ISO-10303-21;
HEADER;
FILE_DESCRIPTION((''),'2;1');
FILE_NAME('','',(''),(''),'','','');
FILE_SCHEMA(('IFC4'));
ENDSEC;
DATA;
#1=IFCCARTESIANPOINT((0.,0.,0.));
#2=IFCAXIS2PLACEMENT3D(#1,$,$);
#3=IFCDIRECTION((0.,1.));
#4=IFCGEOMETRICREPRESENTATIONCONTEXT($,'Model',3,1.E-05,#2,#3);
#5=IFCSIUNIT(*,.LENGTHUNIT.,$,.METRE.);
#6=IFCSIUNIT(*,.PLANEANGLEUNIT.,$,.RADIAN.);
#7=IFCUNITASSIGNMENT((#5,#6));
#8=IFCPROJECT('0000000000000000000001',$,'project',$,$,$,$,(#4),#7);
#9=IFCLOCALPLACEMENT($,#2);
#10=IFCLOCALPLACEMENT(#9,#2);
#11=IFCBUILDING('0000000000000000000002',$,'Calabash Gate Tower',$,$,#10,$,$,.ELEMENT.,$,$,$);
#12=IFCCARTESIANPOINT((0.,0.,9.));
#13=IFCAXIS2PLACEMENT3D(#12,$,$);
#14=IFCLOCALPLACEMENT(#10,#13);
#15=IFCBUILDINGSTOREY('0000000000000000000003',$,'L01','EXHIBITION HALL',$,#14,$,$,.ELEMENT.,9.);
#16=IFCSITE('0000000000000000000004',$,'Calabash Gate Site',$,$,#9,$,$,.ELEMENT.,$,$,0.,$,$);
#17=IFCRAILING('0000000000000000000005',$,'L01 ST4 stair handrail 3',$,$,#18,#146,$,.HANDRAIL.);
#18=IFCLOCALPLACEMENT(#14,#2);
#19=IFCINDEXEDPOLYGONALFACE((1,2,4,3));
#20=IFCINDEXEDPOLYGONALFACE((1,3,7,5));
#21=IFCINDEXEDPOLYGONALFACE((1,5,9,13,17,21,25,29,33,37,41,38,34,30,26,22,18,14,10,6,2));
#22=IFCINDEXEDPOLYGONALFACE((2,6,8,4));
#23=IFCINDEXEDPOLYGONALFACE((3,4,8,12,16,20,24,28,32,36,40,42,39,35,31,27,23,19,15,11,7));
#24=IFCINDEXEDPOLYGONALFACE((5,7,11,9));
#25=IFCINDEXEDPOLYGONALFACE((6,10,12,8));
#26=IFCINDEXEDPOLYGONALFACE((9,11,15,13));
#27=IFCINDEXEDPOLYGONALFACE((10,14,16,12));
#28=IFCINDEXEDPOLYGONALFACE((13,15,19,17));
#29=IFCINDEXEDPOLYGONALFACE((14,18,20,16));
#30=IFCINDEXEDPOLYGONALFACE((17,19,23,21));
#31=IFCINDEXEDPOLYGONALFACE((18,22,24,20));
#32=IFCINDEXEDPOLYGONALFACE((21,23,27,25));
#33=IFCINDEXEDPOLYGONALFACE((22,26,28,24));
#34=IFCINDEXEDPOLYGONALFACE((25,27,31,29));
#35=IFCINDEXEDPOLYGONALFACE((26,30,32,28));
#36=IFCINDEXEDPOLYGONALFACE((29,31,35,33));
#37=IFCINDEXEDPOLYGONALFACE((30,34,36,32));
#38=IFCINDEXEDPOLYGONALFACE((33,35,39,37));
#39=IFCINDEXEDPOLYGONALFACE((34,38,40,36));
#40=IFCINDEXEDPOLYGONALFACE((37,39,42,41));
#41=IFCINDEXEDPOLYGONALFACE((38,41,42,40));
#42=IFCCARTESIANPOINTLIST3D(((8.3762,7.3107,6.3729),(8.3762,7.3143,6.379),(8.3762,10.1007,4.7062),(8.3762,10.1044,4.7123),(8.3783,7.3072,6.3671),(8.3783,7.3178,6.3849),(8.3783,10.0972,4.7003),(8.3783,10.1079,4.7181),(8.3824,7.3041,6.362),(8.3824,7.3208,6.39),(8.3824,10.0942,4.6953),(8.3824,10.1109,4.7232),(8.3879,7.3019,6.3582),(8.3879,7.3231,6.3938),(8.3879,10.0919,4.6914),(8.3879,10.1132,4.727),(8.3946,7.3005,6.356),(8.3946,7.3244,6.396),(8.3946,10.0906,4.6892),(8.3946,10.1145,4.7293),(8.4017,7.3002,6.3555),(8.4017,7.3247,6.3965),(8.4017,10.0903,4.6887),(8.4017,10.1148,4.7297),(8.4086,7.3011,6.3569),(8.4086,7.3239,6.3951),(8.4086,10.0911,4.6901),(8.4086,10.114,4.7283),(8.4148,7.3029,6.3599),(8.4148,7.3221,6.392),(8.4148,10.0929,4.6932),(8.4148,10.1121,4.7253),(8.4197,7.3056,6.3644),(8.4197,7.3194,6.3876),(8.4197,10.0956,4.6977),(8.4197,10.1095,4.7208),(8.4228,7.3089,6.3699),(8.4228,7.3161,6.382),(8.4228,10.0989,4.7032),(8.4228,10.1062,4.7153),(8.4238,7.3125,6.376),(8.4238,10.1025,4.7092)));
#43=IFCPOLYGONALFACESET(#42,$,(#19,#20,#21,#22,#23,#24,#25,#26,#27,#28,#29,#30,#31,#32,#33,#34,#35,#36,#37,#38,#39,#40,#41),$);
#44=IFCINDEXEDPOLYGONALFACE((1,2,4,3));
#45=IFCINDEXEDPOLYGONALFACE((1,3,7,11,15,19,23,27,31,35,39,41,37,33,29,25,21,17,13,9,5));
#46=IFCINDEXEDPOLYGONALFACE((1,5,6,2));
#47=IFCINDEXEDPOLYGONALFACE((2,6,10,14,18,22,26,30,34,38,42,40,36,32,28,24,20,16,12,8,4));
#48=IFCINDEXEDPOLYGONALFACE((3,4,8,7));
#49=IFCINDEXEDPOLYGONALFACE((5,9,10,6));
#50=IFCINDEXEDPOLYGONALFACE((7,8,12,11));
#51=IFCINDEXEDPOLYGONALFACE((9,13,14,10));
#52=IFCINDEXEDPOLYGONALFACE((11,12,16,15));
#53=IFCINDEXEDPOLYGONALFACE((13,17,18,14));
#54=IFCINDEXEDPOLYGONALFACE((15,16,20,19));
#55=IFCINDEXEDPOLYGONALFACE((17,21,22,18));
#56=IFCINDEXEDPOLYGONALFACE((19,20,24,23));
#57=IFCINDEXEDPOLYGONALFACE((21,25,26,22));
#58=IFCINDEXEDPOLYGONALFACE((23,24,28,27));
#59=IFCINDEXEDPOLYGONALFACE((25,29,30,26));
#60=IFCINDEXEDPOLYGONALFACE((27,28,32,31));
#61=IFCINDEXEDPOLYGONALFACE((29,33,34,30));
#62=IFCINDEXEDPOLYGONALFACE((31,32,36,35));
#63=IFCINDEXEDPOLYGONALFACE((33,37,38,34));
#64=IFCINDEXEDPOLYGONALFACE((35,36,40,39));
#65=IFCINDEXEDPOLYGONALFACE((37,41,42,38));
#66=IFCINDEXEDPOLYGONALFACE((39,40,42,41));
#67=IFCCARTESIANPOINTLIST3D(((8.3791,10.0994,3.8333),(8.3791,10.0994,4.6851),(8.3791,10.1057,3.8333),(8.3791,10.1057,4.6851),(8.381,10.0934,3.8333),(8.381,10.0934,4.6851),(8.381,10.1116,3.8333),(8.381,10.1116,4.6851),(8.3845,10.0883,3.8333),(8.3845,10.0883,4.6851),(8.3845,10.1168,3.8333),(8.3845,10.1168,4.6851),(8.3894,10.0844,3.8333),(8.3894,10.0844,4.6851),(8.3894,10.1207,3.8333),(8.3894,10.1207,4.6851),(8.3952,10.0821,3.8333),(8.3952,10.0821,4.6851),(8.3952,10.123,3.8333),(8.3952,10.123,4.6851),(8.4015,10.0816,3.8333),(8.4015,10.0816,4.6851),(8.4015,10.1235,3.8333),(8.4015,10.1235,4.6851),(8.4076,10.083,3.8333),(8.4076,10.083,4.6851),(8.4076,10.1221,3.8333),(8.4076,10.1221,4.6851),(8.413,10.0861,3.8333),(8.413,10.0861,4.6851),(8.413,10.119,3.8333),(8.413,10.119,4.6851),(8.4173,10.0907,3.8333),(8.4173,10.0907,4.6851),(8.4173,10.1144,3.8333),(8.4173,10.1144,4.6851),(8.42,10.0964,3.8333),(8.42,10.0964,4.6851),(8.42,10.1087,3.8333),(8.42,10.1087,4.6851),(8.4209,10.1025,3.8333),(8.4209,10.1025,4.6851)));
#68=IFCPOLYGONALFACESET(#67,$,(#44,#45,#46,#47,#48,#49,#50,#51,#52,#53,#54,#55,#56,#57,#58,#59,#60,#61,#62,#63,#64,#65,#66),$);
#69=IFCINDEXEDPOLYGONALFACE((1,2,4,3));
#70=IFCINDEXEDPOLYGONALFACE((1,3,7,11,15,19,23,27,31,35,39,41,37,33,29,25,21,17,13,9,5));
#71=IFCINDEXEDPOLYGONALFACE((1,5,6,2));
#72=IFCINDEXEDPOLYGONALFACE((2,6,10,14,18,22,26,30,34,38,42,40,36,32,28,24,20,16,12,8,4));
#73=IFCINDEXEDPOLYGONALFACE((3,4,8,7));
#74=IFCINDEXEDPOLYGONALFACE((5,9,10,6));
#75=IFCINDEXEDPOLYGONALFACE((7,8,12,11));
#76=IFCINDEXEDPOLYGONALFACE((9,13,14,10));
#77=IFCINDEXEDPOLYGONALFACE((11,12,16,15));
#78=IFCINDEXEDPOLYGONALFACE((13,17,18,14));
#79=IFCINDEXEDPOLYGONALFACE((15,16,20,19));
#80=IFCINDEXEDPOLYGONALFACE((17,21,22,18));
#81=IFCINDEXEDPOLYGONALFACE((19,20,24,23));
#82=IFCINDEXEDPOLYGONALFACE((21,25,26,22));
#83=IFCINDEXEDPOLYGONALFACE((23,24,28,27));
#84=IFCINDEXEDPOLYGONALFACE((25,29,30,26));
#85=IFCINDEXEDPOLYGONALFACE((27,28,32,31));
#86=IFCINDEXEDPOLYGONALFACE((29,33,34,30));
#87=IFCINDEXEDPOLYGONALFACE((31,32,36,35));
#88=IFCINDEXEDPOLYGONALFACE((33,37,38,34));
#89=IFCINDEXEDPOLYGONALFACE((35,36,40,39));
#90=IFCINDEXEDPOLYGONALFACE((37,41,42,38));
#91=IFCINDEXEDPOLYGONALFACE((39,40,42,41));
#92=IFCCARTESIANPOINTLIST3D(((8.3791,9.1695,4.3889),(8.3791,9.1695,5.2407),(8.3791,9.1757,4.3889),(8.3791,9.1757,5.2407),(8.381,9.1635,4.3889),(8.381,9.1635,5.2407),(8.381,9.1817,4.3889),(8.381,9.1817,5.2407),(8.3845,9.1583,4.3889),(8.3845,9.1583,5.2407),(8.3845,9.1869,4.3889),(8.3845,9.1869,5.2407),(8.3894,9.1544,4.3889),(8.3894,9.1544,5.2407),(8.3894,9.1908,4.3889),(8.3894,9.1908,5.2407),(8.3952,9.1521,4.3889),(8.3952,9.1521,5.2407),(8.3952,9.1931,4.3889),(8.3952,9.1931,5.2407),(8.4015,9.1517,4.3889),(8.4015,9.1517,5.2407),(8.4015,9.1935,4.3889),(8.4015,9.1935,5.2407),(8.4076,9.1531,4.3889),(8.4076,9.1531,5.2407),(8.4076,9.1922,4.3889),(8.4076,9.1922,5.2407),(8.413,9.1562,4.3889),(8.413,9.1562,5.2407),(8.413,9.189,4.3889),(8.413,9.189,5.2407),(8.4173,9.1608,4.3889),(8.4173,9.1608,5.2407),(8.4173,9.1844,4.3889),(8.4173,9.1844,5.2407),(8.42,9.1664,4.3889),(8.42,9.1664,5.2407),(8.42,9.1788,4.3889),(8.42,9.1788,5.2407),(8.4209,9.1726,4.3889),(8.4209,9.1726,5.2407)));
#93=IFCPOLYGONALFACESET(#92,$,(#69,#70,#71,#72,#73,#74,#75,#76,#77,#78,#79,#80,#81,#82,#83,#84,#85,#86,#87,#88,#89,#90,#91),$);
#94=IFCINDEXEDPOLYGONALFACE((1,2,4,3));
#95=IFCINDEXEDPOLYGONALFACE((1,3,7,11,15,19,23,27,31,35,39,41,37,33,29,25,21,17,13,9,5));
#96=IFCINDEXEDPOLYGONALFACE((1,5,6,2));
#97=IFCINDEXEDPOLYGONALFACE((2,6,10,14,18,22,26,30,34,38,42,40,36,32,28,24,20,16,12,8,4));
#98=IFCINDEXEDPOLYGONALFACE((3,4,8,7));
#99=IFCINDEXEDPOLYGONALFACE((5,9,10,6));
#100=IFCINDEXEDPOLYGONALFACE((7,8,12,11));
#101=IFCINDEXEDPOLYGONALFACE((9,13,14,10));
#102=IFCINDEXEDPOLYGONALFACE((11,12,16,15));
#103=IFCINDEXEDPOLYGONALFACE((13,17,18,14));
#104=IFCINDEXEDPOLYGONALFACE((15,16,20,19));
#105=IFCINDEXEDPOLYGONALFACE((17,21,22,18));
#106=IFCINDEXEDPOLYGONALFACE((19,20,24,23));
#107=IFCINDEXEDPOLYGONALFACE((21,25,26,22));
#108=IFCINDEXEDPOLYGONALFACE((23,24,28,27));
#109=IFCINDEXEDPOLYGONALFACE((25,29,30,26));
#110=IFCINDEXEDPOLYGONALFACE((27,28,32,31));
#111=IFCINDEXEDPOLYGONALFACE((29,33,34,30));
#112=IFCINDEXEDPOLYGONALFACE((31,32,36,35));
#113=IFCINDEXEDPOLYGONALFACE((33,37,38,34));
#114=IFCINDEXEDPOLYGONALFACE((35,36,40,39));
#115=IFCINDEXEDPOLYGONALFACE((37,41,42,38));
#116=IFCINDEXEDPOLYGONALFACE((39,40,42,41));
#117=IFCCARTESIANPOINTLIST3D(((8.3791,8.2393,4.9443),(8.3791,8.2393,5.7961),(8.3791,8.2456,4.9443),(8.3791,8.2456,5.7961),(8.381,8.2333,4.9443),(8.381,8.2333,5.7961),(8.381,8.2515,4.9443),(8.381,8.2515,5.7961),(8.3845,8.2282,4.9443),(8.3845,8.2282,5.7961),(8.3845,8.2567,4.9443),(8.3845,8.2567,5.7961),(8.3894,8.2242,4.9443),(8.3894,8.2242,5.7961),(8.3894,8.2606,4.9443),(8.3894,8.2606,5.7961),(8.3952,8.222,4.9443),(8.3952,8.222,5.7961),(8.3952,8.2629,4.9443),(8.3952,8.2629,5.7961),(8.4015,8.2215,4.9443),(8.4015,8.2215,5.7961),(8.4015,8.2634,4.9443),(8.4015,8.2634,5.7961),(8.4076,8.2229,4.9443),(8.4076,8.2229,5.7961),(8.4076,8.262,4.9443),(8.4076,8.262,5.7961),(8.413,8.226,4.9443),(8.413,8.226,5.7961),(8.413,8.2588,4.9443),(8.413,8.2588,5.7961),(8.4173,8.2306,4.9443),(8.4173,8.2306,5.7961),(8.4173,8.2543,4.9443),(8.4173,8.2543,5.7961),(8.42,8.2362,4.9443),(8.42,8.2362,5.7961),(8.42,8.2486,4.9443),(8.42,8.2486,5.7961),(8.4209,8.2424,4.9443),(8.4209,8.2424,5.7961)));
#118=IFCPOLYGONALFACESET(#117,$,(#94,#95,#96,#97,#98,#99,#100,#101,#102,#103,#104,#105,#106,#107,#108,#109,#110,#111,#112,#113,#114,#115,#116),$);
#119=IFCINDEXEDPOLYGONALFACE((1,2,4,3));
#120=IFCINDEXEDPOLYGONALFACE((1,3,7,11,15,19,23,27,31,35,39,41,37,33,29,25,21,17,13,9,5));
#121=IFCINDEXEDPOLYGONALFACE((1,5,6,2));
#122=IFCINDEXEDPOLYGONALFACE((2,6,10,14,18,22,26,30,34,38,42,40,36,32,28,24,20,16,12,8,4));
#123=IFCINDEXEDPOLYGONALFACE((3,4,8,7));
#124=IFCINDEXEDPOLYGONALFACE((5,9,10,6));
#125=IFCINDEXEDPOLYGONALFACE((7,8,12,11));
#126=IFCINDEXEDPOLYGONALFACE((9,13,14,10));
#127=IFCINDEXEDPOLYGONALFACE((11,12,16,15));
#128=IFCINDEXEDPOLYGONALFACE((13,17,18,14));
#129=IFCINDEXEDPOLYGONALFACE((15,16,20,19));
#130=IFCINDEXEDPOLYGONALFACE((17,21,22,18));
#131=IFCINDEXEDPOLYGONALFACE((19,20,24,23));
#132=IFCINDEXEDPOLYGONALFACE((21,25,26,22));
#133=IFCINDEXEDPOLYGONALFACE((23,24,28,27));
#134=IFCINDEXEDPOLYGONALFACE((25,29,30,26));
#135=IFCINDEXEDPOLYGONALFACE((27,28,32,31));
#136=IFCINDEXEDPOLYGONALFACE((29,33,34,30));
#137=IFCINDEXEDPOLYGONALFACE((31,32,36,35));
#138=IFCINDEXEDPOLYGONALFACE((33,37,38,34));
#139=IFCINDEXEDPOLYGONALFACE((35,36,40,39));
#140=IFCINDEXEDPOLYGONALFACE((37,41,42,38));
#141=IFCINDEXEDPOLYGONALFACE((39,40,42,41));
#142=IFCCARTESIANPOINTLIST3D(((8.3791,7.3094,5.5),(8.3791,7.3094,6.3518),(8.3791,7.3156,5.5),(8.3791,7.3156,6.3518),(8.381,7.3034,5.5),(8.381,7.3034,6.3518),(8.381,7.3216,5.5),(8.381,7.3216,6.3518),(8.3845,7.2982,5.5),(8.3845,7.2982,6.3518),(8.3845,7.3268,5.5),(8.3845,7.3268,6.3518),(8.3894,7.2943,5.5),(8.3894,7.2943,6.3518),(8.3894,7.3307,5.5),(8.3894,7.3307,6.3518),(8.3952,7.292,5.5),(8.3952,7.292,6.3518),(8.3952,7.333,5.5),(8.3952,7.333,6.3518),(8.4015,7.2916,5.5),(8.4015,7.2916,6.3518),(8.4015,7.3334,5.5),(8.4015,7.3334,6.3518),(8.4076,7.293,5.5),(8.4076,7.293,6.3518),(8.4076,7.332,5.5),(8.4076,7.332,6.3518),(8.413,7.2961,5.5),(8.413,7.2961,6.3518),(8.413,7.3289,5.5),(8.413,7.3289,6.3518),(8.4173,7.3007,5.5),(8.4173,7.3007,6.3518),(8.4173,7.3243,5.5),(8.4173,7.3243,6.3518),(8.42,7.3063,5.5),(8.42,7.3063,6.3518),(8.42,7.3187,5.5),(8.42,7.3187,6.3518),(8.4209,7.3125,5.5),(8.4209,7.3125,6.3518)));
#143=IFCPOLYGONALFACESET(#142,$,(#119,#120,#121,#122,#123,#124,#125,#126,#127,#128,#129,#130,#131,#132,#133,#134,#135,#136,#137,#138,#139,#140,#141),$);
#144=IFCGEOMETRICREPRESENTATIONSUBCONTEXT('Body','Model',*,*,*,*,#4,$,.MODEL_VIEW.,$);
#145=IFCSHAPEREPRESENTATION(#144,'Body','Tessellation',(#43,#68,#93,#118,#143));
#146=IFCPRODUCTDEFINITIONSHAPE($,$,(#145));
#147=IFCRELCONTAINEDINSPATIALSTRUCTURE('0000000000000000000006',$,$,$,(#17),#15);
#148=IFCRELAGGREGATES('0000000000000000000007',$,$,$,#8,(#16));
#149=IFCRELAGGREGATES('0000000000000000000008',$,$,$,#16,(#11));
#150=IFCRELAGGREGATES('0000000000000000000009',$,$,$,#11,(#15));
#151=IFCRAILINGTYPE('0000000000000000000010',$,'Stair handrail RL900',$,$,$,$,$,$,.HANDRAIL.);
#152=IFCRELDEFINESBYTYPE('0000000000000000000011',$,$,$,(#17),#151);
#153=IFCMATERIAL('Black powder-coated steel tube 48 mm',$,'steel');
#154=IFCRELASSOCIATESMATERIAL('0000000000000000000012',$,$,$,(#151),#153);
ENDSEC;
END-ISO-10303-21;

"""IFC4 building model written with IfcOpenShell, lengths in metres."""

from ifc_helpers import new_model, si_unit, direction, frame, origin, origin_2d, place, context, subcontext, project, spatial, circle, extrude, material, type_object, element, save


model = new_model("IFC4")

# Units and contexts
model_context = context("Model", 3, precision=1e-05, world=origin(), true_north=direction((0.0, 1.0)))
body_context = subcontext(model_context, "Body", "Model", "MODEL_VIEW")
ifc_project = project(units=[si_unit("LENGTHUNIT", "METRE"), si_unit("PLANEANGLEUNIT", "RADIAN")], contexts=[model_context])

# Site, building, storey
site_placement = place(None, origin())
site = spatial("IfcSite", under=ifc_project, at=site_placement, Name="Calabash Gate Site", CompositionType="ELEMENT", RefElevation=0.0)
building_placement = place(site_placement, origin())
building = spatial("IfcBuilding", under=site, at=building_placement, Name="Calabash Gate Tower", CompositionType="ELEMENT")
storey_placement = place(building_placement, frame((0.0, 0.0, 9.0)))
storey = spatial("IfcBuildingStorey", under=building, at=storey_placement, Name="L01", Description="EXHIBITION HALL", CompositionType="ELEMENT", Elevation=9.0)

# Railing
ifc_material_1 = material(Name="Black powder-coated steel tube 48 mm", Category="steel")
railing_type_1 = type_object("IfcRailingType", Name="Stair handrail RL900", PredefinedType="HANDRAIL", material=ifc_material_1)
railing_1_placement = place(storey_placement, frame((8.3999, 10.1025, 3.8333)))
element("IfcRailing", 1, at=railing_1_placement, inside=storey, type_object=railing_type_1, Name="L01 ST4 stair handrail 3", PredefinedType="HANDRAIL", context=body_context, shape_type="SweptSolid", body=[
    extrude(circle(Radius=0.0239, at=origin_2d()), frame((0.0, 0.0, 0.876), z_axis=(0.0, -0.858479, 0.512849), x_axis=(1.0, 0.0, 0.0)), (0.0, 0.0, 1.0), 3.25),
    extrude(circle(Radius=0.021, at=origin_2d()), origin(), (0.0, 0.0, 1.0), 0.8518),
    extrude(circle(Radius=0.021, at=origin_2d()), frame((0.0, -0.9299, 0.5557)), (0.0, 0.0, 1.0), 0.8518),
    extrude(circle(Radius=0.021, at=origin_2d()), frame((0.0, -1.8601, 1.1111)), (0.0, 0.0, 1.0), 0.8518),
    extrude(circle(Radius=0.021, at=origin_2d()), frame((0.0, -2.79, 1.6667)), (0.0, 0.0, 1.0), 0.8518),
])

save(model, "model.ifc")
